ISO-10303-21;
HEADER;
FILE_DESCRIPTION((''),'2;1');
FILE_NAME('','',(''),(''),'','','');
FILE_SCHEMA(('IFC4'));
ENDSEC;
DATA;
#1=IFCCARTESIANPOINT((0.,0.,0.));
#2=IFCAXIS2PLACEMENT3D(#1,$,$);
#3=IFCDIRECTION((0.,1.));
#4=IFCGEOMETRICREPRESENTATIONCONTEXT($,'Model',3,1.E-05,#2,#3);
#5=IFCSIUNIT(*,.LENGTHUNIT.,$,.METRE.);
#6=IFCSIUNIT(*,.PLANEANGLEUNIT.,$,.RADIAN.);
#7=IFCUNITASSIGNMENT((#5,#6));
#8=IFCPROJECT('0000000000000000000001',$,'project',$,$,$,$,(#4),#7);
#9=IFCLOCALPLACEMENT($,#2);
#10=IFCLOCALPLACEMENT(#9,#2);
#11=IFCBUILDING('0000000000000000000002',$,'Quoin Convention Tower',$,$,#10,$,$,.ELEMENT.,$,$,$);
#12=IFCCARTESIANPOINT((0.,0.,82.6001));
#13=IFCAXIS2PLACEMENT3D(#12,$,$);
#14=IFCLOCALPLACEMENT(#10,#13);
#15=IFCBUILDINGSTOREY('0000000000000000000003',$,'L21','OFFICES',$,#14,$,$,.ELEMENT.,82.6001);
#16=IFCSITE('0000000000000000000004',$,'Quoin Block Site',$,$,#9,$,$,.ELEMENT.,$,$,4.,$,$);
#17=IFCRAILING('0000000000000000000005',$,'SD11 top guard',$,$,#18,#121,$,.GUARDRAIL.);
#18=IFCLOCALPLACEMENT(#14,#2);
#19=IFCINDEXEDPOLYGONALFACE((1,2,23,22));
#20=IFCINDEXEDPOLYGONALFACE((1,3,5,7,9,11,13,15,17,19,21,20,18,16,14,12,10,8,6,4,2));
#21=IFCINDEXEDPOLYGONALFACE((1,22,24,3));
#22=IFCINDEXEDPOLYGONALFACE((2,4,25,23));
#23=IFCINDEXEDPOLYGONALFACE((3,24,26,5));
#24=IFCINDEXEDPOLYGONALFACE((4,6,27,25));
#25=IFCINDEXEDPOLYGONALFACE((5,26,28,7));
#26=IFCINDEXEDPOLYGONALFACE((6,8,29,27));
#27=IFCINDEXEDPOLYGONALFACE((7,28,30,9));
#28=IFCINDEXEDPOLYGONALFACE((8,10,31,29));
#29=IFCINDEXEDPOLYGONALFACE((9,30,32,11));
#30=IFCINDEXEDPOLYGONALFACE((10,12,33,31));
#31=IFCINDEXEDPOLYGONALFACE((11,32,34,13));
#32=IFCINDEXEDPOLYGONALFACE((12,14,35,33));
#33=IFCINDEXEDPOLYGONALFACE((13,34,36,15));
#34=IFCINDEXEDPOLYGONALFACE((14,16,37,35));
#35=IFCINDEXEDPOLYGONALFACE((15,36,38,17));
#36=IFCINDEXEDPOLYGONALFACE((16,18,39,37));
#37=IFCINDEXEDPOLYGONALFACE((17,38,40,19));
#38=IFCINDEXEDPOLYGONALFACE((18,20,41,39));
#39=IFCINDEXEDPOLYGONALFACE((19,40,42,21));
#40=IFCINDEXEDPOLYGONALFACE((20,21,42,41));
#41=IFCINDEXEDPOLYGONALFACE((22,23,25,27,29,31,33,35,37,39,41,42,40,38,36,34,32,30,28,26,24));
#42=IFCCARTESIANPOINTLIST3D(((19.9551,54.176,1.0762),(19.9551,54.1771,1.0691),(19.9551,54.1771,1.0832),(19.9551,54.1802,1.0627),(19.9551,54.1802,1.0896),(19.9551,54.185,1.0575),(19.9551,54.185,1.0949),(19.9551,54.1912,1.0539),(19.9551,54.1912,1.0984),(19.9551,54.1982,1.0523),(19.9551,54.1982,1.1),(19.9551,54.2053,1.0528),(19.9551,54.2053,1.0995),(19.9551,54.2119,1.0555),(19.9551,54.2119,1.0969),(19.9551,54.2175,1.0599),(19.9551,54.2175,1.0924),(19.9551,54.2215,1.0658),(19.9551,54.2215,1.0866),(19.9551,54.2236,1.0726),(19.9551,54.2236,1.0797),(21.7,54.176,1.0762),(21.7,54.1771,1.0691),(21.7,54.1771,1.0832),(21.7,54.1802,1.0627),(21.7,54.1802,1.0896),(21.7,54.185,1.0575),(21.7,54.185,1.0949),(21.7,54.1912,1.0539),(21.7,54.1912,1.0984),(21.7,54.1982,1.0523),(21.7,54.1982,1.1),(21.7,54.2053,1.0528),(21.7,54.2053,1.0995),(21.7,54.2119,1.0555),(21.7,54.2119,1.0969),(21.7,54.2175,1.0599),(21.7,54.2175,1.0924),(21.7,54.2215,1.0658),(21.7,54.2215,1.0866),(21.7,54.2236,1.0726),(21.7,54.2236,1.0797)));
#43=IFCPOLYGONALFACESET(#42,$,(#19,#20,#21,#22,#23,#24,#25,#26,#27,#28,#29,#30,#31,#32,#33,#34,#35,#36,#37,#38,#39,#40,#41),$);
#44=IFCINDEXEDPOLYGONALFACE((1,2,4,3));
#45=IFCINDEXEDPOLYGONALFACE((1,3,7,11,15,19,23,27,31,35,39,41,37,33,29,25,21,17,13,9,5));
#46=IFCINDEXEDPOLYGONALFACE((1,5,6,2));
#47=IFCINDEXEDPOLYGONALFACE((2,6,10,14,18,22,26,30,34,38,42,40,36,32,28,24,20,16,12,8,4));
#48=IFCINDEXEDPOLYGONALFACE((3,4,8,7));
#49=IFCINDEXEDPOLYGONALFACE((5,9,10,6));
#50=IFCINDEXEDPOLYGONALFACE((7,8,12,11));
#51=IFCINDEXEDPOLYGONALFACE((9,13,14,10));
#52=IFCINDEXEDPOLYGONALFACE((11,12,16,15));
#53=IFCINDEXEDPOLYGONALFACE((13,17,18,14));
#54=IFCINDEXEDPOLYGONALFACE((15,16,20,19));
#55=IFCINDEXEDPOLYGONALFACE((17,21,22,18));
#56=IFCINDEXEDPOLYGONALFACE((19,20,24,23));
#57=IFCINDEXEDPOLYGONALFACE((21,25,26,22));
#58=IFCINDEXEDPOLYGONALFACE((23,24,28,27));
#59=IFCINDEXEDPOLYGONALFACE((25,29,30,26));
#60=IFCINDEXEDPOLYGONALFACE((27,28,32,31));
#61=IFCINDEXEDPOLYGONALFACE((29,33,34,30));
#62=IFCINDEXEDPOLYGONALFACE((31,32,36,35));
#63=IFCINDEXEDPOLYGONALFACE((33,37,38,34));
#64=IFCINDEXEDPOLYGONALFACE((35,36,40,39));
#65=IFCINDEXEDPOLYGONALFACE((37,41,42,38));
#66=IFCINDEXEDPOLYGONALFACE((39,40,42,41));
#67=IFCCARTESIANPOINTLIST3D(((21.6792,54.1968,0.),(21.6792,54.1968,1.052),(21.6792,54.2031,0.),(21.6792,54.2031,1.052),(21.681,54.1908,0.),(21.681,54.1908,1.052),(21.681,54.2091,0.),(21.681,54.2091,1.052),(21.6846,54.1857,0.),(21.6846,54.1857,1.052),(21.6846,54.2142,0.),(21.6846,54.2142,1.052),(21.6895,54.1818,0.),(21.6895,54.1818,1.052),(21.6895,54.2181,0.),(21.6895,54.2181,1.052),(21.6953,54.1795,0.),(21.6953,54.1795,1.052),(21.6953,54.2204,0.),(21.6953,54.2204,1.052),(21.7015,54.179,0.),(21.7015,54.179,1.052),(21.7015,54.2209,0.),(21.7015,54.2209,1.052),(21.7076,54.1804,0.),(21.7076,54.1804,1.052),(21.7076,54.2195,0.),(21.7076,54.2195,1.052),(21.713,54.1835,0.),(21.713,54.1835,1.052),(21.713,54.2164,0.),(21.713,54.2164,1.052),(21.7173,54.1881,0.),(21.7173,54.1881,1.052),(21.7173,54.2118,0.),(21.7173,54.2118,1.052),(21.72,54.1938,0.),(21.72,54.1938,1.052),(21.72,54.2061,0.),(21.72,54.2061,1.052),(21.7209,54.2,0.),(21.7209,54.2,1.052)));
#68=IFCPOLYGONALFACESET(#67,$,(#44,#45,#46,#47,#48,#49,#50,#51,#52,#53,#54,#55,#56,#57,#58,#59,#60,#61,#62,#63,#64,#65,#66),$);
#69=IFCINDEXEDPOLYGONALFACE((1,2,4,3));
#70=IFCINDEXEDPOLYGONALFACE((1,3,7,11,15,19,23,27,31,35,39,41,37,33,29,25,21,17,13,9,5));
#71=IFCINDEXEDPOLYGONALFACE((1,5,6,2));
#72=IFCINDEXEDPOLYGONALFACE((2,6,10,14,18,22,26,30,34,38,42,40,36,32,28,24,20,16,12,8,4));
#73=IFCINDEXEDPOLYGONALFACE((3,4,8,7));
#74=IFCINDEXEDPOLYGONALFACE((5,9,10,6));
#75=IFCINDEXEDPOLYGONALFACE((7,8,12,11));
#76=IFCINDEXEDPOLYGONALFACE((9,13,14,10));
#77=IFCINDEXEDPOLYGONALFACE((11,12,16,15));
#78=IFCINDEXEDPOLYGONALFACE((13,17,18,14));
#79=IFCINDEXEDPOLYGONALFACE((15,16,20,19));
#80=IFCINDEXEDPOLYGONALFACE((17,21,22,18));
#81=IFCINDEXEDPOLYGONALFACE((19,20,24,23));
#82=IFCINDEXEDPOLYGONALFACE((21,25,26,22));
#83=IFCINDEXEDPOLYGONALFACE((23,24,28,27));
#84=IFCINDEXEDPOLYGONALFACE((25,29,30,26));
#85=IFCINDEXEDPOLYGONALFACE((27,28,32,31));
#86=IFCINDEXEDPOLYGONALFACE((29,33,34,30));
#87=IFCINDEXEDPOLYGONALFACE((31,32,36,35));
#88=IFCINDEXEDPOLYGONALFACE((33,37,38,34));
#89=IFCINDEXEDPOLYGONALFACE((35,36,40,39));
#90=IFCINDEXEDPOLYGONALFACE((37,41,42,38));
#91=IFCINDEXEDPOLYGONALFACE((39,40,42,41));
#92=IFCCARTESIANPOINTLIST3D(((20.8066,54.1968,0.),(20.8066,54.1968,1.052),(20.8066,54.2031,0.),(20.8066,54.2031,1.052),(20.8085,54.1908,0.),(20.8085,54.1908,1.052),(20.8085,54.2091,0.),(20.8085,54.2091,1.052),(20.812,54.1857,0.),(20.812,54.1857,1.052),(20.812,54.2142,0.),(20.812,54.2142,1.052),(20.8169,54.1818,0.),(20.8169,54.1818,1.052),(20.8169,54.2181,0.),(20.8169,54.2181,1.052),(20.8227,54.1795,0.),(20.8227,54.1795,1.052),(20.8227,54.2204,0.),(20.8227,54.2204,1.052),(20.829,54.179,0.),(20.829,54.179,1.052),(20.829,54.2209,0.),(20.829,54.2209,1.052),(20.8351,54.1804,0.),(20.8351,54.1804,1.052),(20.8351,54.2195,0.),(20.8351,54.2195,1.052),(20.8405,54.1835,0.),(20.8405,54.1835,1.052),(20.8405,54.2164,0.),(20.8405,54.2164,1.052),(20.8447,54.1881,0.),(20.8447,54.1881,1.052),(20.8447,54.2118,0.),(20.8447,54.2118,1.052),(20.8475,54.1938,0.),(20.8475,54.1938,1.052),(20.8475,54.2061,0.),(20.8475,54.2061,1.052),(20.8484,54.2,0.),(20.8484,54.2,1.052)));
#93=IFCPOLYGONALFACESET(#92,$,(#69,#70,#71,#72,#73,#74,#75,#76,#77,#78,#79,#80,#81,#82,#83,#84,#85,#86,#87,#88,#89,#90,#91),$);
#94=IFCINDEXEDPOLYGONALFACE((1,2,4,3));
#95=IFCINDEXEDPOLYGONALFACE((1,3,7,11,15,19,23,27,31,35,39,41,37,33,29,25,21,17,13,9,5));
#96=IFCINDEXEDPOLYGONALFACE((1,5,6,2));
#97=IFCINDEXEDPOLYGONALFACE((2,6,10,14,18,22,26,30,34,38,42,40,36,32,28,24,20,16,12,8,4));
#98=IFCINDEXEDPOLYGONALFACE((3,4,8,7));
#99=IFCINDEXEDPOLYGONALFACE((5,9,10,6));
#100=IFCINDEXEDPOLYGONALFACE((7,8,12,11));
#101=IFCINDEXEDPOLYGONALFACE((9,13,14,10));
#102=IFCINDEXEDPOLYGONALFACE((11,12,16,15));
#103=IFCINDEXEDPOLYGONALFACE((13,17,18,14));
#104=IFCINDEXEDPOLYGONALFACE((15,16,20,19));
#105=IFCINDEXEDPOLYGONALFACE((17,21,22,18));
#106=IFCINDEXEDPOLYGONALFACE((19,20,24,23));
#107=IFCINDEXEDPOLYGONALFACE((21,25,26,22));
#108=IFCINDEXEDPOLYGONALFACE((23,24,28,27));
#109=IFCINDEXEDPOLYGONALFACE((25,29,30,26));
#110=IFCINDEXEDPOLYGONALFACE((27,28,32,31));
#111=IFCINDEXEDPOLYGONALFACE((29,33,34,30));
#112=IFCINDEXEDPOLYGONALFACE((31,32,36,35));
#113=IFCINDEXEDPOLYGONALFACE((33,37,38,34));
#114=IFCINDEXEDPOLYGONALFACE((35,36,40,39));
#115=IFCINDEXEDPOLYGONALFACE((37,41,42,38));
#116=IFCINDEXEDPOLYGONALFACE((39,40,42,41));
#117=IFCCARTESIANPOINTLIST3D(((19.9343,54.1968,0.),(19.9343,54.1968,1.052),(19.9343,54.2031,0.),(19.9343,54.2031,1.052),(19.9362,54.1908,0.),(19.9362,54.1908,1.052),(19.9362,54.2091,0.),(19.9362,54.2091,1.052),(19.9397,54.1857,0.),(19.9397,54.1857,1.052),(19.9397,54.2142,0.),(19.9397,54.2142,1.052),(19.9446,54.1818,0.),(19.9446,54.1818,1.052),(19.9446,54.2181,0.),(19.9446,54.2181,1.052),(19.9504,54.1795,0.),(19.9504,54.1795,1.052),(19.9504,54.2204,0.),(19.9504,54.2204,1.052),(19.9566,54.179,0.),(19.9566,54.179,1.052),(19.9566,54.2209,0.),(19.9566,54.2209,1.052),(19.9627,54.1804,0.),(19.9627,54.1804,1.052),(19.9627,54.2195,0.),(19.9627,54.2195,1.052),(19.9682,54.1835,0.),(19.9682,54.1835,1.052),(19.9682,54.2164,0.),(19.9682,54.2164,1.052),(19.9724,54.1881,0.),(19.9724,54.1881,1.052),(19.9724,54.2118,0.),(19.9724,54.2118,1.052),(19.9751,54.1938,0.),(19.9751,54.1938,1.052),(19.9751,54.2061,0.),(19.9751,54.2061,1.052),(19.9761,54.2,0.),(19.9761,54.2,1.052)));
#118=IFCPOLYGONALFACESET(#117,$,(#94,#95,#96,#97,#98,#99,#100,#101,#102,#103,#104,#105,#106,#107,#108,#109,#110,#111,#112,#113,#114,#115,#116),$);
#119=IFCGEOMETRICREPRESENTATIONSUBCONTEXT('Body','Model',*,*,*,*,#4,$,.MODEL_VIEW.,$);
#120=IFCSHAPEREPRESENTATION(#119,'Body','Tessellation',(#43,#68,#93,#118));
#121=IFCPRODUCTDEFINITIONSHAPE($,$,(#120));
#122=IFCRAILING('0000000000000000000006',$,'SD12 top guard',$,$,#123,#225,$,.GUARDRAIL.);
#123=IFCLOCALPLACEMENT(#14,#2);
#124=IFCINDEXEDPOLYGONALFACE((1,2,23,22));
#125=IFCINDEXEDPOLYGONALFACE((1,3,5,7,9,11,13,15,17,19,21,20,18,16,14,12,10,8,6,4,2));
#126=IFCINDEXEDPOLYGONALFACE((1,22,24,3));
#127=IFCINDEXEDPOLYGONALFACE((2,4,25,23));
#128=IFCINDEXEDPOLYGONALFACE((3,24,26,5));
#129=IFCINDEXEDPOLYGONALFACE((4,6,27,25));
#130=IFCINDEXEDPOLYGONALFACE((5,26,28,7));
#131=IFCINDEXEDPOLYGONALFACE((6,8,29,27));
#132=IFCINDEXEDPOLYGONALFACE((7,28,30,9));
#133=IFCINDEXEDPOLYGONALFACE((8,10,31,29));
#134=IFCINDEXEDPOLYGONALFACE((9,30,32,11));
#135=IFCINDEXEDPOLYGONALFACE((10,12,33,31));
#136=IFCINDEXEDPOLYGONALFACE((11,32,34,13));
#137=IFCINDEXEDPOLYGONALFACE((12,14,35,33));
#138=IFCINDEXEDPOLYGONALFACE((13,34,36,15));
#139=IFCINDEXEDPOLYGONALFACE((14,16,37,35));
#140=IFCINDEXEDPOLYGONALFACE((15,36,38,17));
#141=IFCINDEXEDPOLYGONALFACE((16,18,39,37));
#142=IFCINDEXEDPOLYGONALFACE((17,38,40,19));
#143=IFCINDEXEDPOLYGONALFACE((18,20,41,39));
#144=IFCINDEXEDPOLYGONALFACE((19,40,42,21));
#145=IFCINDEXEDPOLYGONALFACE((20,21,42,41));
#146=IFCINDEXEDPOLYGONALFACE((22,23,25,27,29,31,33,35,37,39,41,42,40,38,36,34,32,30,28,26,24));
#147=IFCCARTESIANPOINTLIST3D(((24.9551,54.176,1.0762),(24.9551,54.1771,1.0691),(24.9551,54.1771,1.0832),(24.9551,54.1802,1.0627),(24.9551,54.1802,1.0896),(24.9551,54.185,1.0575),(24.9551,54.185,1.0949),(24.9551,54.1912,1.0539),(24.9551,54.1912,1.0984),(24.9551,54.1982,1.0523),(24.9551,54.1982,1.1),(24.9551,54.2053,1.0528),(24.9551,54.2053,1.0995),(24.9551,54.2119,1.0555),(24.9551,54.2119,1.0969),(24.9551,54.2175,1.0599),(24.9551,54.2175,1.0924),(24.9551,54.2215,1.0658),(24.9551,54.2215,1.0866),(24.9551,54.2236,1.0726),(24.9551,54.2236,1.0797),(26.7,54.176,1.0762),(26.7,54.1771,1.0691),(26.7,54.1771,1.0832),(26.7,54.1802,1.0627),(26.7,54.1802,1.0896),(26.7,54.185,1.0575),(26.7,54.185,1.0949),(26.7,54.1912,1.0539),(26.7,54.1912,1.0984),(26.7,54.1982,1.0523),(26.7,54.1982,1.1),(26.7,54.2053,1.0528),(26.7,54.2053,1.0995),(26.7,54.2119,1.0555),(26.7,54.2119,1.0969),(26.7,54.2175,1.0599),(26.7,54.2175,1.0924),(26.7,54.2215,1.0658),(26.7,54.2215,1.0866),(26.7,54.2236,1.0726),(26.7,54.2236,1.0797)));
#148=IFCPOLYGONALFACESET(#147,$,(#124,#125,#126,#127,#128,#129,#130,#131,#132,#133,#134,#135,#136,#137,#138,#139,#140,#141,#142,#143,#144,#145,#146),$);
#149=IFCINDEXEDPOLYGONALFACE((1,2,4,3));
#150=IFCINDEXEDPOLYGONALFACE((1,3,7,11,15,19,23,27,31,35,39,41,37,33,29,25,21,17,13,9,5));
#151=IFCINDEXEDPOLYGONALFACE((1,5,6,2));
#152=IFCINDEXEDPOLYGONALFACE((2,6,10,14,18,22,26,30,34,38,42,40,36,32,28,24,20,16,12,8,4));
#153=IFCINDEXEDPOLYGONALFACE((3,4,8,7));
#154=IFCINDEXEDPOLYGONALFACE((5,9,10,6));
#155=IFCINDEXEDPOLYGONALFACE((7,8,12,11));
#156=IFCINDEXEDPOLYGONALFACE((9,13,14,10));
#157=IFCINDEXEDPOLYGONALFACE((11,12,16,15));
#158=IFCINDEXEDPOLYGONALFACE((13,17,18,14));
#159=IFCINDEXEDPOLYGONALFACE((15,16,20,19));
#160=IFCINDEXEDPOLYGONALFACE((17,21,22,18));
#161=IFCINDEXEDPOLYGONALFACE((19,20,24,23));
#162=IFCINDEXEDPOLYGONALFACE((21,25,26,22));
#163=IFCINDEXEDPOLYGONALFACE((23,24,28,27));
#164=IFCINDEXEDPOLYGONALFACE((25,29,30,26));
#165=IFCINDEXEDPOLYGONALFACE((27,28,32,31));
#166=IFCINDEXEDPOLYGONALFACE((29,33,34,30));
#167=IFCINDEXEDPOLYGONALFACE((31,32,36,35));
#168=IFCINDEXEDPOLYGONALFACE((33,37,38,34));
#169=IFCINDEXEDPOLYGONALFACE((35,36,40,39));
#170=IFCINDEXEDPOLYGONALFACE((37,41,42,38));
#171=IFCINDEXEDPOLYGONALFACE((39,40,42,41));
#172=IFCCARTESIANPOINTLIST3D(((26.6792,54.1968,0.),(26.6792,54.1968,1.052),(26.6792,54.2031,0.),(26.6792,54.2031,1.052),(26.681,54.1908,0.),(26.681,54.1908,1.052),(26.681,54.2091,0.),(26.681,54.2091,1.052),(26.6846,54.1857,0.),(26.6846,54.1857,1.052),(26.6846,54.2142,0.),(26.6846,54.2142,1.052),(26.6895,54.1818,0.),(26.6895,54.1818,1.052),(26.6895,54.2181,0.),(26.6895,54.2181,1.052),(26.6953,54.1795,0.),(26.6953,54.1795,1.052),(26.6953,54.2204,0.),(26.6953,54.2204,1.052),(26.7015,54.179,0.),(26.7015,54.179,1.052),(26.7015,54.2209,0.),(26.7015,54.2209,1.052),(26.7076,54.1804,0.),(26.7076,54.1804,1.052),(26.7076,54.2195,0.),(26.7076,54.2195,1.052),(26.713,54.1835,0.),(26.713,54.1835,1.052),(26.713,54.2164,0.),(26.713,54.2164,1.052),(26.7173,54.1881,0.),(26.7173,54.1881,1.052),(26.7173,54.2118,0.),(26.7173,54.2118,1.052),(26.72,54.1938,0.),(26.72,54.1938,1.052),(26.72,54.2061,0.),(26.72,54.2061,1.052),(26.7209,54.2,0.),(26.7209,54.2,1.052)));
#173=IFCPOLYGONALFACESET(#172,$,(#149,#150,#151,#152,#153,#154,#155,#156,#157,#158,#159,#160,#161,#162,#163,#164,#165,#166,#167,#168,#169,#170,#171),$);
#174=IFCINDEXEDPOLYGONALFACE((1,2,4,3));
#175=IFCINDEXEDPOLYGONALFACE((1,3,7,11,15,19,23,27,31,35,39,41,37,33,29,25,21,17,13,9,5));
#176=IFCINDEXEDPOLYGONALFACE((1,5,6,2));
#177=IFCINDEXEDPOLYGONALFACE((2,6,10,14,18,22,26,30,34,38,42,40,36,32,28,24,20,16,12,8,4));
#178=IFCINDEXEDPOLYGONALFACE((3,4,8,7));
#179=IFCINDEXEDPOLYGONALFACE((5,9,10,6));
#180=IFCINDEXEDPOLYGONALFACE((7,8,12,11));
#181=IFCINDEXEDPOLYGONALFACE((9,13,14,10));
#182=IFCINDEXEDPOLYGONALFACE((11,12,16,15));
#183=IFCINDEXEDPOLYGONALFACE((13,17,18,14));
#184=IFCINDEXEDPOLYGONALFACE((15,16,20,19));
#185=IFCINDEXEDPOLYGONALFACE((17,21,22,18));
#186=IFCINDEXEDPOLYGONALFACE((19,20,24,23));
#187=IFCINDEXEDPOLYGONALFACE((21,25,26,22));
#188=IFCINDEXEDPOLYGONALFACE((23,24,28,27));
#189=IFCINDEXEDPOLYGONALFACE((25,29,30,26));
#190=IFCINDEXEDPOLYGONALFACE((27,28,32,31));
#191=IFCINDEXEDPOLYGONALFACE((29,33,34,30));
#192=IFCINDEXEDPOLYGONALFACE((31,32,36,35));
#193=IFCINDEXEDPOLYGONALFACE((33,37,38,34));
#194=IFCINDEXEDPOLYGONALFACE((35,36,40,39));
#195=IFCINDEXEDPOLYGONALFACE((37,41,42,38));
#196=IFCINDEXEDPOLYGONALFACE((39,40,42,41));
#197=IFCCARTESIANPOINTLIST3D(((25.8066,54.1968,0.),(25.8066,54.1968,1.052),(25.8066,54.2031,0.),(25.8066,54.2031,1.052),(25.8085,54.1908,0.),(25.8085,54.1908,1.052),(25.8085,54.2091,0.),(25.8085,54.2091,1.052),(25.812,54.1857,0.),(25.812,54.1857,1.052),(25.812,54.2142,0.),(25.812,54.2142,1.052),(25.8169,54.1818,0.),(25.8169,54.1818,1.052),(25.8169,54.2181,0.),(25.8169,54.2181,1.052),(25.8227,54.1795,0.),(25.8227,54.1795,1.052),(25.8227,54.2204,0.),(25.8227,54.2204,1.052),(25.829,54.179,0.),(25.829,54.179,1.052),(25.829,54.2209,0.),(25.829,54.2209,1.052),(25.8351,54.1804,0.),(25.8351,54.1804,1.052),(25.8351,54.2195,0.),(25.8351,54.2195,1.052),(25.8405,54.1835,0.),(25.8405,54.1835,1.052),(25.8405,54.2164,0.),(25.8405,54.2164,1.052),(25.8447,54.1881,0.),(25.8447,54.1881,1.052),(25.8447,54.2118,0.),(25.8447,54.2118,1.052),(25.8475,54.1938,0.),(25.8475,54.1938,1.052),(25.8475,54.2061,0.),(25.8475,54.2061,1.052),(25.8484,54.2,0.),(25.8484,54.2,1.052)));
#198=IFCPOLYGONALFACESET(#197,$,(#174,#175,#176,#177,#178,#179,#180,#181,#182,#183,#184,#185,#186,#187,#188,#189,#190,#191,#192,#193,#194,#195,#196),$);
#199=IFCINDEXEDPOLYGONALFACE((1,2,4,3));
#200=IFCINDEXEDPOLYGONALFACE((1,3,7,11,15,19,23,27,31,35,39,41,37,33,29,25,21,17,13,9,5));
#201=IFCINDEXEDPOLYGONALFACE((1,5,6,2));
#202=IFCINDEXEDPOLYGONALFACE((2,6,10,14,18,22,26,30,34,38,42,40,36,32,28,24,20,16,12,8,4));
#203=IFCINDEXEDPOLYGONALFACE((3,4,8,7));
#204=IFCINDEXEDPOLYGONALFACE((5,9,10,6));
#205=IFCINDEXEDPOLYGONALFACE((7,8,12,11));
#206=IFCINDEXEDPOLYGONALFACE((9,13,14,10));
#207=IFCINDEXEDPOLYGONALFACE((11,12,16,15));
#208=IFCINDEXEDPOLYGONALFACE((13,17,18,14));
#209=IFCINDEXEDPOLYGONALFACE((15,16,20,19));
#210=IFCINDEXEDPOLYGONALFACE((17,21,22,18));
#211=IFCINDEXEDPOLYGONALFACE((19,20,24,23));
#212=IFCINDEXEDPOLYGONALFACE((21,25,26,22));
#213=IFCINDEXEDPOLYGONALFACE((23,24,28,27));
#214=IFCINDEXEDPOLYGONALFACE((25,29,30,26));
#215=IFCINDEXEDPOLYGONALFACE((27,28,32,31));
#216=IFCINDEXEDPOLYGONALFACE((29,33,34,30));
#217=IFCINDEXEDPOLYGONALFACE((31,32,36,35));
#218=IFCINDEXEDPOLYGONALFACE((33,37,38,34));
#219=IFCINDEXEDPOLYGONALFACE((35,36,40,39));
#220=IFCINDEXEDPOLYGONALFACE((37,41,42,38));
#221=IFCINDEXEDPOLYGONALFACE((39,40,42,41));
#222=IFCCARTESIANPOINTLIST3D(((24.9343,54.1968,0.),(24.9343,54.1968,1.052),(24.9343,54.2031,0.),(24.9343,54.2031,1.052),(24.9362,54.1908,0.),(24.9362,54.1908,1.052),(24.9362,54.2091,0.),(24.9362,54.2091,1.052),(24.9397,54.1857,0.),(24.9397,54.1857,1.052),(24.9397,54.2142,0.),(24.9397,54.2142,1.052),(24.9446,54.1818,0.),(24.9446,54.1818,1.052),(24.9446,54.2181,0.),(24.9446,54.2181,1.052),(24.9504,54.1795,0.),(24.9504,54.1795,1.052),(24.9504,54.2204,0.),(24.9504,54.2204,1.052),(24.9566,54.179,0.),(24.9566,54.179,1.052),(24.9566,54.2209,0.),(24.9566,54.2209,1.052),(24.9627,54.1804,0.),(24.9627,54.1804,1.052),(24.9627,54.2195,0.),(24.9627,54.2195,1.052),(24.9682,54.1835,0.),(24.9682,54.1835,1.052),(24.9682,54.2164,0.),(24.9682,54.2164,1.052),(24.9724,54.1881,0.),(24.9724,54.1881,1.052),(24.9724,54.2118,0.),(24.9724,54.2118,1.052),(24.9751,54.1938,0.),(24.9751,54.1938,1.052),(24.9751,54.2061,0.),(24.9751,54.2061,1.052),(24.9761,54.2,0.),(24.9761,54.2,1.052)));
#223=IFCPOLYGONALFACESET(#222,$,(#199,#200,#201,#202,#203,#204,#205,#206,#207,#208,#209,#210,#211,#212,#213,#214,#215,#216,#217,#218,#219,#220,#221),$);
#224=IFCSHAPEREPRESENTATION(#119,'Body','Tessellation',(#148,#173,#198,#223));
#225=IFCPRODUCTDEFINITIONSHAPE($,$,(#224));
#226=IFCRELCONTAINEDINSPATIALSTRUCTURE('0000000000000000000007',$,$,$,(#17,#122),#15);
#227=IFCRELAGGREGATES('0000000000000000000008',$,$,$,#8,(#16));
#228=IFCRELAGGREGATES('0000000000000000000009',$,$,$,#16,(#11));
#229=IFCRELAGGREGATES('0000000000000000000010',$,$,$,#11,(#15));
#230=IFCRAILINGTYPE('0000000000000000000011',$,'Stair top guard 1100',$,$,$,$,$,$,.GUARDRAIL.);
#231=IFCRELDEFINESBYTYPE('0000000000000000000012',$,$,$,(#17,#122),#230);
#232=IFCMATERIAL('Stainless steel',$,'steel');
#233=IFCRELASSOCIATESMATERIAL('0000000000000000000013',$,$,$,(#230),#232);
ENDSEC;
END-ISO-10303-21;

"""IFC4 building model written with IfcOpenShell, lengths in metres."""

from ifc_helpers import new_model, si_unit, direction, frame, origin, origin_2d, place, context, subcontext, project, spatial, circle, extrude, material, type_object, element, save


model = new_model("IFC4")

# Units and contexts
model_context = context("Model", 3, precision=1e-05, world=origin(), true_north=direction((0.0, 1.0)))
body_context = subcontext(model_context, "Body", "Model", "MODEL_VIEW")
ifc_project = project(units=[si_unit("LENGTHUNIT", "METRE"), si_unit("PLANEANGLEUNIT", "RADIAN")], contexts=[model_context])

# Site, building, storey
site_placement = place(None, origin())
site = spatial("IfcSite", under=ifc_project, at=site_placement, Name="Quoin Block Site", CompositionType="ELEMENT", RefElevation=4.0)
building_placement = place(site_placement, origin())
building = spatial("IfcBuilding", under=site, at=building_placement, Name="Quoin Convention Tower", CompositionType="ELEMENT")
storey_placement = place(building_placement, frame((0.0, 0.0, 82.6001)))
storey = spatial("IfcBuildingStorey", under=building, at=storey_placement, Name="L21", Description="OFFICES", CompositionType="ELEMENT", Elevation=82.6001)

# Railings
ifc_material_1 = material(Name="Stainless steel", Category="steel")
railing_type_1 = type_object("IfcRailingType", Name="Stair top guard 1100", PredefinedType="GUARDRAIL", material=ifc_material_1)
for number, where, name in (
    (1, (21.7, 54.2, 0.0), "SD11 top guard"),
    (2, (26.7, 54.2, 0.0), "SD12 top guard"),
):
    element("IfcRailing", number, at=place(storey_placement, frame(where)), inside=storey, type_object=railing_type_1, Name=name, PredefinedType="GUARDRAIL", context=body_context, shape_type="SweptSolid", body=[
        extrude(circle(Radius=0.0239, at=origin_2d()), frame((0.0, 0.0, 1.0762), z_axis=(-1.0, 0.0, 0.0), x_axis=(0.0, -1.0, 0.0)), (0.0, 0.0, 1.0), 1.7449),
        extrude(circle(Radius=0.021, at=origin_2d()), origin(), (0.0, 0.0, 1.0), 1.052),
        extrude(circle(Radius=0.021, at=origin_2d()), frame((-0.8726, 0.0, 0.0)), (0.0, 0.0, 1.0), 1.052),
        extrude(circle(Radius=0.021, at=origin_2d()), frame((-1.7449, 0.0, 0.0)), (0.0, 0.0, 1.0), 1.052),
    ])

save(model, "model.ifc")
